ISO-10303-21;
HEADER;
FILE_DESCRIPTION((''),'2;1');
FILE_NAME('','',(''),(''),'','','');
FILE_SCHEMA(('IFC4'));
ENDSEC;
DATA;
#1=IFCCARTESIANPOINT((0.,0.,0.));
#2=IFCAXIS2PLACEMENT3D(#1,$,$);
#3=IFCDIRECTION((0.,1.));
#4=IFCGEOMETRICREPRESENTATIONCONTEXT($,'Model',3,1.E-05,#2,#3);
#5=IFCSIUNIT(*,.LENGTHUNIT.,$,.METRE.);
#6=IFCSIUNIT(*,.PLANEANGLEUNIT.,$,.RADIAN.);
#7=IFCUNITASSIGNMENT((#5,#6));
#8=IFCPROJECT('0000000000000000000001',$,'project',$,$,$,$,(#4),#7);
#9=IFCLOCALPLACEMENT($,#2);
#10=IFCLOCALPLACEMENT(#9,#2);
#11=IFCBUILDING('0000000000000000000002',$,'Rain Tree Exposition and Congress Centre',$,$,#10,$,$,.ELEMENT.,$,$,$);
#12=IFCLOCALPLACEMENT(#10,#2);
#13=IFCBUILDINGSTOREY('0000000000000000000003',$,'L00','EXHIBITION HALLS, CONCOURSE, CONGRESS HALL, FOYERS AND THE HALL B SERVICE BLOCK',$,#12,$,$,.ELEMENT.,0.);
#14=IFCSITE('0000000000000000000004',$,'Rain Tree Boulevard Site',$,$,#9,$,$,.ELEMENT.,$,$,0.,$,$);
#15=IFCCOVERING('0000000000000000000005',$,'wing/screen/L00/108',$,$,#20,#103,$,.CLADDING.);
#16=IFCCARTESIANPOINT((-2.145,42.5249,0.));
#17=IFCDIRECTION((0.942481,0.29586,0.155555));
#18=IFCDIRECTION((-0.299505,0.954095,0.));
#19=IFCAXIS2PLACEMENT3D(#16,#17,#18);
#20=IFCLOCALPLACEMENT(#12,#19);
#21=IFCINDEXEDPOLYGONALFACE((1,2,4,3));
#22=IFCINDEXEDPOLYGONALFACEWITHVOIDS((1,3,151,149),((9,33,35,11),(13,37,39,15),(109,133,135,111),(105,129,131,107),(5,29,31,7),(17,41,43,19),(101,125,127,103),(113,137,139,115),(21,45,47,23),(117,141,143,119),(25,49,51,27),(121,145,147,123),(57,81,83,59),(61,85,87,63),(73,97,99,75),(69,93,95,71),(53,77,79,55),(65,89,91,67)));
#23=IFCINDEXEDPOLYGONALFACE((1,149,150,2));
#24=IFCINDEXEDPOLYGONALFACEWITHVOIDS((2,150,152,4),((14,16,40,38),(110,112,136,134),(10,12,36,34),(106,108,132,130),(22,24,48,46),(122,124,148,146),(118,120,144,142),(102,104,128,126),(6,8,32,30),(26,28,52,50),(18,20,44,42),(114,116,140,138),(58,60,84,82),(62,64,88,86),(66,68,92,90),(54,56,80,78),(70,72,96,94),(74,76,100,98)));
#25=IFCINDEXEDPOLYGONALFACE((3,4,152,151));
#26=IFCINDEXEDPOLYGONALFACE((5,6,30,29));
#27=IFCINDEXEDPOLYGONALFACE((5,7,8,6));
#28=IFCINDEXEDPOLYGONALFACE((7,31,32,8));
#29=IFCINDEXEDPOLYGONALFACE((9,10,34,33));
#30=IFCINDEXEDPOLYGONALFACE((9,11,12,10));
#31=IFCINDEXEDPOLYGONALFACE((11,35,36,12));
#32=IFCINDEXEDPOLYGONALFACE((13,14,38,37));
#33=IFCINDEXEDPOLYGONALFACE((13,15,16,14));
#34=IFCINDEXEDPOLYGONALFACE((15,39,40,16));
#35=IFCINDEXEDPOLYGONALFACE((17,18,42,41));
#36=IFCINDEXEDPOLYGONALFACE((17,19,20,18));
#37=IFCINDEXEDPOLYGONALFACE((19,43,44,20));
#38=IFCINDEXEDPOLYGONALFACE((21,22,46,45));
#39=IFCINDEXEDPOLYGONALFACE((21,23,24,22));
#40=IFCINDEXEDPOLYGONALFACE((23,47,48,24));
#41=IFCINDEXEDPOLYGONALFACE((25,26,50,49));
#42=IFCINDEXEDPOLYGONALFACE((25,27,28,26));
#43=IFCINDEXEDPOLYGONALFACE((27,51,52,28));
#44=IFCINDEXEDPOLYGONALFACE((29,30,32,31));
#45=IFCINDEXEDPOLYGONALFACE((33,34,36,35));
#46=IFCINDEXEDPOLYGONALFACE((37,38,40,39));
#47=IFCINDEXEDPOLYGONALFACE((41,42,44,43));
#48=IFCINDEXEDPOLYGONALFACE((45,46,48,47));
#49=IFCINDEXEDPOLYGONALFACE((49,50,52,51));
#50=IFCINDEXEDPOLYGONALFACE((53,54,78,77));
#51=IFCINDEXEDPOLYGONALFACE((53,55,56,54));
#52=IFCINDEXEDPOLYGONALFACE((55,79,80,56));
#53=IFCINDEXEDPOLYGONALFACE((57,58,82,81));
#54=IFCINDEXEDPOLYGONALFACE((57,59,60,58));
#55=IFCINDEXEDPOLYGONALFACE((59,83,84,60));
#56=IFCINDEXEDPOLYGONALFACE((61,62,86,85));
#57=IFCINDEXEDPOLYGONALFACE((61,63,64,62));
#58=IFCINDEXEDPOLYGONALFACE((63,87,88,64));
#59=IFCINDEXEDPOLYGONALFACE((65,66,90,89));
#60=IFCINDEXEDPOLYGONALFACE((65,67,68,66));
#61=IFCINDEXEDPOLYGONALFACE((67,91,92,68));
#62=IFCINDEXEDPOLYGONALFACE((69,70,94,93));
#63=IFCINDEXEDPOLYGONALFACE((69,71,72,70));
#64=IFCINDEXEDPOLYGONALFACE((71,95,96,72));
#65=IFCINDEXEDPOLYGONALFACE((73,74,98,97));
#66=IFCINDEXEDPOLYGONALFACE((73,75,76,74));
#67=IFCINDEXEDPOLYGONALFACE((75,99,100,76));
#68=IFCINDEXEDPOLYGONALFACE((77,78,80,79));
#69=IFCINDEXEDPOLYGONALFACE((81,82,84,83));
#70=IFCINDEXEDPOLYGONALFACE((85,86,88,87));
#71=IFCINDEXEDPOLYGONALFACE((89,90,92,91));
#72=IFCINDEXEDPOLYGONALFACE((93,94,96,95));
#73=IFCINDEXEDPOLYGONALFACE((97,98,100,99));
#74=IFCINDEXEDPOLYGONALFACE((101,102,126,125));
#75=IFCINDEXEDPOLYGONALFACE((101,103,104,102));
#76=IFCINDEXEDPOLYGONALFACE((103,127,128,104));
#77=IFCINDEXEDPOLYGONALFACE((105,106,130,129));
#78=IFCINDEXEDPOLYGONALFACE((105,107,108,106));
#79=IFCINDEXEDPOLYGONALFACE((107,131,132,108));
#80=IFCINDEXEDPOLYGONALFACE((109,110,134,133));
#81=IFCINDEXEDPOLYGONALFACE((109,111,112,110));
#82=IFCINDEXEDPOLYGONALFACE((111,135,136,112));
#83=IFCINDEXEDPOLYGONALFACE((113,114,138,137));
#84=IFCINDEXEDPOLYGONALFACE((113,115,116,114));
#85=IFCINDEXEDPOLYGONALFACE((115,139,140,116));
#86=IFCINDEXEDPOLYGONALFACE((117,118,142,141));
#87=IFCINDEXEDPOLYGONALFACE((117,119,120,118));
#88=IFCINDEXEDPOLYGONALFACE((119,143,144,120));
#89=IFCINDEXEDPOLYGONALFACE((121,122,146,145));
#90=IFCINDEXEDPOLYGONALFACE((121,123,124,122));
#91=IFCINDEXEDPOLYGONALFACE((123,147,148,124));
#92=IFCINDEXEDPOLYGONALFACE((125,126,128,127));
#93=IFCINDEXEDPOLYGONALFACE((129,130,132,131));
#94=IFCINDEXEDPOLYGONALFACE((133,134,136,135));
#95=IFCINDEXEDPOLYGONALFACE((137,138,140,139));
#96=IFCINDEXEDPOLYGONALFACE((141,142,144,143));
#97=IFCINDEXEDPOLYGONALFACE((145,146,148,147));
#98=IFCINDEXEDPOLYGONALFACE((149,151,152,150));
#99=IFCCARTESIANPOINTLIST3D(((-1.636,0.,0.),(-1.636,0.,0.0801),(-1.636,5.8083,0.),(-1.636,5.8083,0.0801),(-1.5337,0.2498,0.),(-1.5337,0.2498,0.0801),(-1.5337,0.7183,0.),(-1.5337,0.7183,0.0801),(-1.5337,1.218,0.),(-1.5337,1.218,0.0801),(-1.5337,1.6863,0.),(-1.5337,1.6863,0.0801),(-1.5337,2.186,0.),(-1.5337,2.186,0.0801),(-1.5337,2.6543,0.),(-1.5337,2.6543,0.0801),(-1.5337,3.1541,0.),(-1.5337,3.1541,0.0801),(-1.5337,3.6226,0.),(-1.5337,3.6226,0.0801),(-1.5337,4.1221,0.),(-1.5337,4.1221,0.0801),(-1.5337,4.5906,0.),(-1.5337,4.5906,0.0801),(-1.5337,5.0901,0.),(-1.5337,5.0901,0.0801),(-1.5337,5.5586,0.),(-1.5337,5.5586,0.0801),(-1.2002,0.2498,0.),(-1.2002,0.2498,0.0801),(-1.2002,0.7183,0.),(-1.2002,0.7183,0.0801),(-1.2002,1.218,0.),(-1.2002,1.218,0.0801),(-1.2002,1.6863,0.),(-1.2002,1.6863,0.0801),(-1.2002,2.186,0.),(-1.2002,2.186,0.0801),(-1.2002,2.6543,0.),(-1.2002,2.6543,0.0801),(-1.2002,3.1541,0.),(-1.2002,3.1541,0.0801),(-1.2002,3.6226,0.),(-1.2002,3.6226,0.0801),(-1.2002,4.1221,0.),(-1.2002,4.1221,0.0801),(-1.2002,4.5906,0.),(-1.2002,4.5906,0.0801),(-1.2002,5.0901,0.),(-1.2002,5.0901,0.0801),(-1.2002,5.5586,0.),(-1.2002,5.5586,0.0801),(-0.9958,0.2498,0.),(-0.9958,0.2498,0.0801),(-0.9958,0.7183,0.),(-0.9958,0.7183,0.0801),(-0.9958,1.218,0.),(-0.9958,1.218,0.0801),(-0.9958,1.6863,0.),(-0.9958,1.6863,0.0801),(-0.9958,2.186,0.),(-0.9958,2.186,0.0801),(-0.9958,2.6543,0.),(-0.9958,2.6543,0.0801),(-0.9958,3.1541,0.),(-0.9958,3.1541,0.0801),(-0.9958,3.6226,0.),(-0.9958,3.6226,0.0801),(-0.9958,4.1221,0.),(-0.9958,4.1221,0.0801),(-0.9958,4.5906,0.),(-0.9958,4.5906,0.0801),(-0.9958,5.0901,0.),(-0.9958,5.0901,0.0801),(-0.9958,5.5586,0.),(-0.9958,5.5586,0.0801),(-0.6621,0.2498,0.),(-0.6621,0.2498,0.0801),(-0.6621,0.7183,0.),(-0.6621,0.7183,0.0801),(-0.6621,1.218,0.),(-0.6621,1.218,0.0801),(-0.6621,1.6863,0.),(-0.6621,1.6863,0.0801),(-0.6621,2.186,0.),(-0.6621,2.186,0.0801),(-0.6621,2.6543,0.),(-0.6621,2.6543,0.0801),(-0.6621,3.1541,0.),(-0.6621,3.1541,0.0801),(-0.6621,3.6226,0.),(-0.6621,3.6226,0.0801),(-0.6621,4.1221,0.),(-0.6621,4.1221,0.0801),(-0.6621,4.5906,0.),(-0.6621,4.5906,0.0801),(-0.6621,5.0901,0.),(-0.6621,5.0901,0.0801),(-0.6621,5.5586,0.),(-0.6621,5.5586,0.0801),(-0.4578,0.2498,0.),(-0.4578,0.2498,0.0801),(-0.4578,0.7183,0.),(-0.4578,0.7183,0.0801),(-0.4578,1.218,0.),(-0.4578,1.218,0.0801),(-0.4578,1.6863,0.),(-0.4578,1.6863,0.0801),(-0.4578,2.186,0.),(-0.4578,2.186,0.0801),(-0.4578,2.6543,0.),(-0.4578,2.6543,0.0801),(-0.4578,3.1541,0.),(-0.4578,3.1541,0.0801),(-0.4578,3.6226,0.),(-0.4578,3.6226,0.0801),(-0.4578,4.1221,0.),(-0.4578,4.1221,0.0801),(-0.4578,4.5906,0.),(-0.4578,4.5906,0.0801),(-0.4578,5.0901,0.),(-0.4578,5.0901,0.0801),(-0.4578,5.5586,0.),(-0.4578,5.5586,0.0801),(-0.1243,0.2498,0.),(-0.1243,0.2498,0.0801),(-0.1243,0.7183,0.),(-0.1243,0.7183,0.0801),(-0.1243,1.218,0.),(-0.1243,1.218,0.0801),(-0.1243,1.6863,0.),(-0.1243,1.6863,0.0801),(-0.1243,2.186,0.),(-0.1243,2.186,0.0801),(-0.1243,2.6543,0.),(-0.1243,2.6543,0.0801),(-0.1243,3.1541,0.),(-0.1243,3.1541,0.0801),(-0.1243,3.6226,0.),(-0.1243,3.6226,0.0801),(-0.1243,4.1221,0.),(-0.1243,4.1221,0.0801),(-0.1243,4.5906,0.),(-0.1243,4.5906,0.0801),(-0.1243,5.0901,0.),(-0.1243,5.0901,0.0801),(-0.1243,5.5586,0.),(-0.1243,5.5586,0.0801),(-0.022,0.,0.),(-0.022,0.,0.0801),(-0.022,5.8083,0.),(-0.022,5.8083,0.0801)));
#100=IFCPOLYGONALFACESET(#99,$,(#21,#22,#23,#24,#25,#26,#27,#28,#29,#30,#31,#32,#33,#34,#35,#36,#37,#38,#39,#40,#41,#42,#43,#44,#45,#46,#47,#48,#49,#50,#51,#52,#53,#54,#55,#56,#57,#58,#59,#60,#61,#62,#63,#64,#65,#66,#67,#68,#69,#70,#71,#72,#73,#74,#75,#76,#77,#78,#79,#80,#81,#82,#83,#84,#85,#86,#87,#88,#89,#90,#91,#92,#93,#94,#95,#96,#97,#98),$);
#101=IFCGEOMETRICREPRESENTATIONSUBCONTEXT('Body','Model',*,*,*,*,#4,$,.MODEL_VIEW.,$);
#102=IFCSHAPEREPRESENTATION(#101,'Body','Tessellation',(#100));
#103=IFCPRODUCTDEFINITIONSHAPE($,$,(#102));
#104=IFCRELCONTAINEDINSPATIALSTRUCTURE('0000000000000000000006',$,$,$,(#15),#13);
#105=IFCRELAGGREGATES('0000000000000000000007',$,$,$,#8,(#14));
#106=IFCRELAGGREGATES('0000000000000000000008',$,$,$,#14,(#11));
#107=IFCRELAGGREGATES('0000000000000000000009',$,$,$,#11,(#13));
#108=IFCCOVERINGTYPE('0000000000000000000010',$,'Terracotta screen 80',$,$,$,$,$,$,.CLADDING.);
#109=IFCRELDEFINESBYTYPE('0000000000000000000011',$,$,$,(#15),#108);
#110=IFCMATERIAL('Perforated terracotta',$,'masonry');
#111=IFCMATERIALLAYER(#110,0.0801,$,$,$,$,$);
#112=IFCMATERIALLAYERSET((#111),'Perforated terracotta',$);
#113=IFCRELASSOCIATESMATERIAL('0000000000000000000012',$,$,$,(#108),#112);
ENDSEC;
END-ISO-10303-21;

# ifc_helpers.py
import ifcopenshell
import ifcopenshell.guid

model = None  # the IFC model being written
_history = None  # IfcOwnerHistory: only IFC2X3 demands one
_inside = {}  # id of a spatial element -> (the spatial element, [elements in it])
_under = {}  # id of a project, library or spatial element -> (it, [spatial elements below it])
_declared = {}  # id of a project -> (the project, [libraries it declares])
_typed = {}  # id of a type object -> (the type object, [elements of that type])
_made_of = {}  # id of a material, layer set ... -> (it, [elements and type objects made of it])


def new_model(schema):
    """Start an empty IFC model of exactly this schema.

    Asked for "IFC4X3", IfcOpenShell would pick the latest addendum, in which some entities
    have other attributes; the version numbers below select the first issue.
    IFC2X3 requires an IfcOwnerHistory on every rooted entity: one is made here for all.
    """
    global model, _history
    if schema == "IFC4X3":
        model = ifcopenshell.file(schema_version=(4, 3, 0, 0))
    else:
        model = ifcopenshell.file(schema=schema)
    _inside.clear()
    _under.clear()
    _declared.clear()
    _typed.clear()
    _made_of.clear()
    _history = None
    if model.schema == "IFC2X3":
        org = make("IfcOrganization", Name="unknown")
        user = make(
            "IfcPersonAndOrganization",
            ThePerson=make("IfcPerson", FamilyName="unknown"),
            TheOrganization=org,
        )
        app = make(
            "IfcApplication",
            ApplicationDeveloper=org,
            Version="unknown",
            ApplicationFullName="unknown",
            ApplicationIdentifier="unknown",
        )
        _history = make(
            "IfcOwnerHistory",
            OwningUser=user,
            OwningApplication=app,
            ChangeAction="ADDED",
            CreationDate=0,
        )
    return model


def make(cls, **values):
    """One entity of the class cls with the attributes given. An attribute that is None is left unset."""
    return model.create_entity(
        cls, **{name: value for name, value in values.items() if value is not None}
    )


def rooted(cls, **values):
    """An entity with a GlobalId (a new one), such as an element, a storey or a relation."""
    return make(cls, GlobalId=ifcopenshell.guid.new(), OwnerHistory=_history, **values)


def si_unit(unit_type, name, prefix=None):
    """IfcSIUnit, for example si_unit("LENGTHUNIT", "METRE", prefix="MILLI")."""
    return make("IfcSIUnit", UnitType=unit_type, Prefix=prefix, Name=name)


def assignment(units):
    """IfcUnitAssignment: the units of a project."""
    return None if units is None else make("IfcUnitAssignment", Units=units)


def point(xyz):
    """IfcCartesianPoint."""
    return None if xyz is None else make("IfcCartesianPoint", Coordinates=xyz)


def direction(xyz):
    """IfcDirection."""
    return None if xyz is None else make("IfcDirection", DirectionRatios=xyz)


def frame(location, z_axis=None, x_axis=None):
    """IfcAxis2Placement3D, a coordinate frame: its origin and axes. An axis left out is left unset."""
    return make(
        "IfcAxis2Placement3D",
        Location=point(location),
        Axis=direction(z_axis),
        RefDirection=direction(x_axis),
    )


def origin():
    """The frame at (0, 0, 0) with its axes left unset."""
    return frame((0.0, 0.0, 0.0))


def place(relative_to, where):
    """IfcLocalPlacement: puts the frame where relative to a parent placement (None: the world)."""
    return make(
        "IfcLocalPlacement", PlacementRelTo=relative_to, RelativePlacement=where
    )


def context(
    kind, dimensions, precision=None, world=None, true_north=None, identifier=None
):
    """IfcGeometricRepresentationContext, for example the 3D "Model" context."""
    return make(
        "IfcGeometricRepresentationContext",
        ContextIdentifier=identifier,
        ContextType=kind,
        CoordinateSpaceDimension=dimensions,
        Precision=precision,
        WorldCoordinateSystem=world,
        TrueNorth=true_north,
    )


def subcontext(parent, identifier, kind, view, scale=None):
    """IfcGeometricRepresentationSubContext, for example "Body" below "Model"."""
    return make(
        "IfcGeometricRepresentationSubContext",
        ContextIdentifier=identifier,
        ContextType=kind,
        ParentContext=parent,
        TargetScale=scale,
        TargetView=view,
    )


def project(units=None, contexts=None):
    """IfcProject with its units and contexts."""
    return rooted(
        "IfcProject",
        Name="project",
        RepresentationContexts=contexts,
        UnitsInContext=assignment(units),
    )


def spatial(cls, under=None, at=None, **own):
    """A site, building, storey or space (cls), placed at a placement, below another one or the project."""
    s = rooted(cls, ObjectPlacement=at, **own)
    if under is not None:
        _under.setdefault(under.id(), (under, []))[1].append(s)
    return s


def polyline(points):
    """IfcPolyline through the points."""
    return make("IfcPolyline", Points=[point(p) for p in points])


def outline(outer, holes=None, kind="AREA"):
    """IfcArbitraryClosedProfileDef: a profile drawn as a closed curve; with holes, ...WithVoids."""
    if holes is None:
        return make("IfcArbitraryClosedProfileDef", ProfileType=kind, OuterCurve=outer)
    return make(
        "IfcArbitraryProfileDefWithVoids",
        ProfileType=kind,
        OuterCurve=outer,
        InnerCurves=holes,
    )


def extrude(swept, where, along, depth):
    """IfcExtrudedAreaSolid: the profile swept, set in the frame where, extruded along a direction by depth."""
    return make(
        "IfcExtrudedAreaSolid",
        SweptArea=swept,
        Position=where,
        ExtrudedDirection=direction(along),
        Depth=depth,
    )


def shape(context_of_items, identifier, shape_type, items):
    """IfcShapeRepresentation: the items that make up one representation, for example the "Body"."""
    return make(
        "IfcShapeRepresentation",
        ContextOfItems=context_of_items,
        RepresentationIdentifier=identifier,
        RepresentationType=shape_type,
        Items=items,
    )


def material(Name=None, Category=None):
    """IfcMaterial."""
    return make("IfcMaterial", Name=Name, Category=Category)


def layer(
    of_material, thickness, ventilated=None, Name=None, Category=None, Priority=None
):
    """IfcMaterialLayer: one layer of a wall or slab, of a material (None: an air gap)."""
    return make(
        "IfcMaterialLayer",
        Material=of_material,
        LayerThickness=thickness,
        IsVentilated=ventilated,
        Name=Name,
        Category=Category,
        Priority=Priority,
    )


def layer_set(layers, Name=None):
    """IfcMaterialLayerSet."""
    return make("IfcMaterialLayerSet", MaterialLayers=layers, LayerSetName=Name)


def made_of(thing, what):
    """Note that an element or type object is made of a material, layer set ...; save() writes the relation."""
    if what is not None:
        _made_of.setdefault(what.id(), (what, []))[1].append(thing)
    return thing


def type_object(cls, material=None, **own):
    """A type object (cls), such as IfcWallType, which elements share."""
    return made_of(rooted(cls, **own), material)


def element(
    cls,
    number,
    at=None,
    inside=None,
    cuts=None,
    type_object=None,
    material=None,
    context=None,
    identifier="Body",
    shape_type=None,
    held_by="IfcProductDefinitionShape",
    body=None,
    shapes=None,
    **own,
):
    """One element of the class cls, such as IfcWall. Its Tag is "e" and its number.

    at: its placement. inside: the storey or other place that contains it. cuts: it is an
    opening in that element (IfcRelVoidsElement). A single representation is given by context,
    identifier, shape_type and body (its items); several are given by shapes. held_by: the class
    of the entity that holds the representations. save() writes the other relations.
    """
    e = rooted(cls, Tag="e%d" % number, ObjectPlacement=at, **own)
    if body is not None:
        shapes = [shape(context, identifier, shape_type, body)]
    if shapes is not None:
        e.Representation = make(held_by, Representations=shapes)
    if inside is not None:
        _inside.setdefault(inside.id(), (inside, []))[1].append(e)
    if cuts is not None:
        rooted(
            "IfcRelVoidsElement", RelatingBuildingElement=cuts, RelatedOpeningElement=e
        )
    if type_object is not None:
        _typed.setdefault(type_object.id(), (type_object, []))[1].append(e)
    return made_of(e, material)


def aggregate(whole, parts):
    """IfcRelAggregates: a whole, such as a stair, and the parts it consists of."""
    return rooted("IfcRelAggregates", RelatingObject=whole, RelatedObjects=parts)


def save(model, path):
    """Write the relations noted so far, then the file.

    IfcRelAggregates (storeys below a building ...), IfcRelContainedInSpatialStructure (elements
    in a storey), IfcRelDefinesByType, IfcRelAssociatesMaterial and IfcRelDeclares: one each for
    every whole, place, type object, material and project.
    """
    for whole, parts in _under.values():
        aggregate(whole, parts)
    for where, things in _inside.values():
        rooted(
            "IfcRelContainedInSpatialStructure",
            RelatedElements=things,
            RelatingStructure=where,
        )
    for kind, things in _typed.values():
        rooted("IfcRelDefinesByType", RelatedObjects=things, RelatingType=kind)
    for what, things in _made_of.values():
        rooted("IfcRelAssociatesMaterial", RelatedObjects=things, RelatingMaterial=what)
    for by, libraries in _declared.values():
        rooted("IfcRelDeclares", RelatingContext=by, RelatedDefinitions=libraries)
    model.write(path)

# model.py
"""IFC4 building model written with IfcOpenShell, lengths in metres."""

from ifc_helpers import new_model, si_unit, direction, frame, origin, place, context, subcontext, project, spatial, polyline, outline, extrude, material, layer, layer_set, type_object, element, save


model = new_model("IFC4")

# Units and contexts
model_context = context("Model", 3, precision=1e-05, world=origin(), true_north=direction((0.0, 1.0)))
body_context = subcontext(model_context, "Body", "Model", "MODEL_VIEW")
ifc_project = project(units=[si_unit("LENGTHUNIT", "METRE"), si_unit("PLANEANGLEUNIT", "RADIAN")], contexts=[model_context])

# Site, building, storey
site_placement = place(None, origin())
site = spatial("IfcSite", under=ifc_project, at=site_placement, Name="Rain Tree Boulevard Site", CompositionType="ELEMENT", RefElevation=0.0)
building_placement = place(site_placement, origin())
building = spatial("IfcBuilding", under=site, at=building_placement, Name="Rain Tree Exposition and Congress Centre", CompositionType="ELEMENT")
storey_placement = place(building_placement, origin())
storey = spatial("IfcBuildingStorey", under=building, at=storey_placement, Name="L00", Description="EXHIBITION HALLS, CONCOURSE, CONGRESS HALL, FOYERS AND THE HALL B SERVICE BLOCK", CompositionType="ELEMENT", Elevation=0.0)

# Covering
ifc_material_1 = material(Name="Perforated terracotta", Category="masonry")
ifc_layer_1 = layer(ifc_material_1, 0.0801)
ifc_layer_set_1 = layer_set([ifc_layer_1], Name="Perforated terracotta")
covering_type = type_object("IfcCoveringType", Name="Terracotta screen 80", PredefinedType="CLADDING", material=ifc_layer_set_1)
covering_1_placement = place(storey_placement, frame((-2.145, 42.5249, 0.0), z_axis=(0.942481, 0.29586, 0.155555), x_axis=(-0.299505, 0.954095, 0.0)))
element("IfcCovering", 1, at=covering_1_placement, inside=storey, type_object=covering_type, Name="wing/screen/L00/108", PredefinedType="CLADDING", context=body_context, shape_type="SweptSolid", body=[
    extrude(outline(polyline([(-1.636, 0.0), (-1.636, 5.8083), (-0.022, 5.8083), (-0.022, 0.0), (-1.636, 0.0)]), holes=[polyline([(-0.1243, 0.2498), (-0.1243, 0.7183), (-0.4578, 0.7183), (-0.4578, 0.2498), (-0.1243, 0.2498)]), polyline([(-0.1243, 1.218), (-0.1243, 1.6863), (-0.4578, 1.6863), (-0.4578, 1.218), (-0.1243, 1.218)]), polyline([(-0.1243, 2.186), (-0.1243, 2.6543), (-0.4578, 2.6543), (-0.4578, 2.186), (-0.1243, 2.186)]), polyline([(-0.1243, 3.1541), (-0.1243, 3.6226), (-0.4578, 3.6226), (-0.4578, 3.1541), (-0.1243, 3.1541)]), polyline([(-0.1243, 4.1221), (-0.1243, 4.5906), (-0.4578, 4.5906), (-0.4578, 4.1221), (-0.1243, 4.1221)]), polyline([(-0.1243, 5.0901), (-0.1243, 5.5586), (-0.4578, 5.5586), (-0.4578, 5.0901), (-0.1243, 5.0901)]), polyline([(-0.6621, 0.2498), (-0.6621, 0.7183), (-0.9958, 0.7183), (-0.9958, 0.2498), (-0.6621, 0.2498)]), polyline([(-0.6621, 1.218), (-0.6621, 1.6863), (-0.9958, 1.6863), (-0.9958, 1.218), (-0.6621, 1.218)]), polyline([(-0.6621, 2.186), (-0.6621, 2.6543), (-0.9958, 2.6543), (-0.9958, 2.186), (-0.6621, 2.186)]), polyline([(-0.6621, 3.1541), (-0.6621, 3.6226), (-0.9958, 3.6226), (-0.9958, 3.1541), (-0.6621, 3.1541)]), polyline([(-0.6621, 4.1221), (-0.6621, 4.5906), (-0.9958, 4.5906), (-0.9958, 4.1221), (-0.6621, 4.1221)]), polyline([(-0.6621, 5.0901), (-0.6621, 5.5586), (-0.9958, 5.5586), (-0.9958, 5.0901), (-0.6621, 5.0901)]), polyline([(-1.2002, 0.2498), (-1.2002, 0.7183), (-1.5337, 0.7183), (-1.5337, 0.2498), (-1.2002, 0.2498)]), polyline([(-1.2002, 1.218), (-1.2002, 1.6863), (-1.5337, 1.6863), (-1.5337, 1.218), (-1.2002, 1.218)]), polyline([(-1.2002, 2.186), (-1.2002, 2.6543), (-1.5337, 2.6543), (-1.5337, 2.186), (-1.2002, 2.186)]), polyline([(-1.2002, 3.1541), (-1.2002, 3.6226), (-1.5337, 3.6226), (-1.5337, 3.1541), (-1.2002, 3.1541)]), polyline([(-1.2002, 4.1221), (-1.2002, 4.5906), (-1.5337, 4.5906), (-1.5337, 4.1221), (-1.2002, 4.1221)]), polyline([(-1.2002, 5.0901), (-1.2002, 5.5586), (-1.5337, 5.5586), (-1.5337, 5.0901), (-1.2002, 5.0901)])]), origin(), (0.0, 0.0, 1.0), 0.0801),
])

save(model, "model.ifc")
